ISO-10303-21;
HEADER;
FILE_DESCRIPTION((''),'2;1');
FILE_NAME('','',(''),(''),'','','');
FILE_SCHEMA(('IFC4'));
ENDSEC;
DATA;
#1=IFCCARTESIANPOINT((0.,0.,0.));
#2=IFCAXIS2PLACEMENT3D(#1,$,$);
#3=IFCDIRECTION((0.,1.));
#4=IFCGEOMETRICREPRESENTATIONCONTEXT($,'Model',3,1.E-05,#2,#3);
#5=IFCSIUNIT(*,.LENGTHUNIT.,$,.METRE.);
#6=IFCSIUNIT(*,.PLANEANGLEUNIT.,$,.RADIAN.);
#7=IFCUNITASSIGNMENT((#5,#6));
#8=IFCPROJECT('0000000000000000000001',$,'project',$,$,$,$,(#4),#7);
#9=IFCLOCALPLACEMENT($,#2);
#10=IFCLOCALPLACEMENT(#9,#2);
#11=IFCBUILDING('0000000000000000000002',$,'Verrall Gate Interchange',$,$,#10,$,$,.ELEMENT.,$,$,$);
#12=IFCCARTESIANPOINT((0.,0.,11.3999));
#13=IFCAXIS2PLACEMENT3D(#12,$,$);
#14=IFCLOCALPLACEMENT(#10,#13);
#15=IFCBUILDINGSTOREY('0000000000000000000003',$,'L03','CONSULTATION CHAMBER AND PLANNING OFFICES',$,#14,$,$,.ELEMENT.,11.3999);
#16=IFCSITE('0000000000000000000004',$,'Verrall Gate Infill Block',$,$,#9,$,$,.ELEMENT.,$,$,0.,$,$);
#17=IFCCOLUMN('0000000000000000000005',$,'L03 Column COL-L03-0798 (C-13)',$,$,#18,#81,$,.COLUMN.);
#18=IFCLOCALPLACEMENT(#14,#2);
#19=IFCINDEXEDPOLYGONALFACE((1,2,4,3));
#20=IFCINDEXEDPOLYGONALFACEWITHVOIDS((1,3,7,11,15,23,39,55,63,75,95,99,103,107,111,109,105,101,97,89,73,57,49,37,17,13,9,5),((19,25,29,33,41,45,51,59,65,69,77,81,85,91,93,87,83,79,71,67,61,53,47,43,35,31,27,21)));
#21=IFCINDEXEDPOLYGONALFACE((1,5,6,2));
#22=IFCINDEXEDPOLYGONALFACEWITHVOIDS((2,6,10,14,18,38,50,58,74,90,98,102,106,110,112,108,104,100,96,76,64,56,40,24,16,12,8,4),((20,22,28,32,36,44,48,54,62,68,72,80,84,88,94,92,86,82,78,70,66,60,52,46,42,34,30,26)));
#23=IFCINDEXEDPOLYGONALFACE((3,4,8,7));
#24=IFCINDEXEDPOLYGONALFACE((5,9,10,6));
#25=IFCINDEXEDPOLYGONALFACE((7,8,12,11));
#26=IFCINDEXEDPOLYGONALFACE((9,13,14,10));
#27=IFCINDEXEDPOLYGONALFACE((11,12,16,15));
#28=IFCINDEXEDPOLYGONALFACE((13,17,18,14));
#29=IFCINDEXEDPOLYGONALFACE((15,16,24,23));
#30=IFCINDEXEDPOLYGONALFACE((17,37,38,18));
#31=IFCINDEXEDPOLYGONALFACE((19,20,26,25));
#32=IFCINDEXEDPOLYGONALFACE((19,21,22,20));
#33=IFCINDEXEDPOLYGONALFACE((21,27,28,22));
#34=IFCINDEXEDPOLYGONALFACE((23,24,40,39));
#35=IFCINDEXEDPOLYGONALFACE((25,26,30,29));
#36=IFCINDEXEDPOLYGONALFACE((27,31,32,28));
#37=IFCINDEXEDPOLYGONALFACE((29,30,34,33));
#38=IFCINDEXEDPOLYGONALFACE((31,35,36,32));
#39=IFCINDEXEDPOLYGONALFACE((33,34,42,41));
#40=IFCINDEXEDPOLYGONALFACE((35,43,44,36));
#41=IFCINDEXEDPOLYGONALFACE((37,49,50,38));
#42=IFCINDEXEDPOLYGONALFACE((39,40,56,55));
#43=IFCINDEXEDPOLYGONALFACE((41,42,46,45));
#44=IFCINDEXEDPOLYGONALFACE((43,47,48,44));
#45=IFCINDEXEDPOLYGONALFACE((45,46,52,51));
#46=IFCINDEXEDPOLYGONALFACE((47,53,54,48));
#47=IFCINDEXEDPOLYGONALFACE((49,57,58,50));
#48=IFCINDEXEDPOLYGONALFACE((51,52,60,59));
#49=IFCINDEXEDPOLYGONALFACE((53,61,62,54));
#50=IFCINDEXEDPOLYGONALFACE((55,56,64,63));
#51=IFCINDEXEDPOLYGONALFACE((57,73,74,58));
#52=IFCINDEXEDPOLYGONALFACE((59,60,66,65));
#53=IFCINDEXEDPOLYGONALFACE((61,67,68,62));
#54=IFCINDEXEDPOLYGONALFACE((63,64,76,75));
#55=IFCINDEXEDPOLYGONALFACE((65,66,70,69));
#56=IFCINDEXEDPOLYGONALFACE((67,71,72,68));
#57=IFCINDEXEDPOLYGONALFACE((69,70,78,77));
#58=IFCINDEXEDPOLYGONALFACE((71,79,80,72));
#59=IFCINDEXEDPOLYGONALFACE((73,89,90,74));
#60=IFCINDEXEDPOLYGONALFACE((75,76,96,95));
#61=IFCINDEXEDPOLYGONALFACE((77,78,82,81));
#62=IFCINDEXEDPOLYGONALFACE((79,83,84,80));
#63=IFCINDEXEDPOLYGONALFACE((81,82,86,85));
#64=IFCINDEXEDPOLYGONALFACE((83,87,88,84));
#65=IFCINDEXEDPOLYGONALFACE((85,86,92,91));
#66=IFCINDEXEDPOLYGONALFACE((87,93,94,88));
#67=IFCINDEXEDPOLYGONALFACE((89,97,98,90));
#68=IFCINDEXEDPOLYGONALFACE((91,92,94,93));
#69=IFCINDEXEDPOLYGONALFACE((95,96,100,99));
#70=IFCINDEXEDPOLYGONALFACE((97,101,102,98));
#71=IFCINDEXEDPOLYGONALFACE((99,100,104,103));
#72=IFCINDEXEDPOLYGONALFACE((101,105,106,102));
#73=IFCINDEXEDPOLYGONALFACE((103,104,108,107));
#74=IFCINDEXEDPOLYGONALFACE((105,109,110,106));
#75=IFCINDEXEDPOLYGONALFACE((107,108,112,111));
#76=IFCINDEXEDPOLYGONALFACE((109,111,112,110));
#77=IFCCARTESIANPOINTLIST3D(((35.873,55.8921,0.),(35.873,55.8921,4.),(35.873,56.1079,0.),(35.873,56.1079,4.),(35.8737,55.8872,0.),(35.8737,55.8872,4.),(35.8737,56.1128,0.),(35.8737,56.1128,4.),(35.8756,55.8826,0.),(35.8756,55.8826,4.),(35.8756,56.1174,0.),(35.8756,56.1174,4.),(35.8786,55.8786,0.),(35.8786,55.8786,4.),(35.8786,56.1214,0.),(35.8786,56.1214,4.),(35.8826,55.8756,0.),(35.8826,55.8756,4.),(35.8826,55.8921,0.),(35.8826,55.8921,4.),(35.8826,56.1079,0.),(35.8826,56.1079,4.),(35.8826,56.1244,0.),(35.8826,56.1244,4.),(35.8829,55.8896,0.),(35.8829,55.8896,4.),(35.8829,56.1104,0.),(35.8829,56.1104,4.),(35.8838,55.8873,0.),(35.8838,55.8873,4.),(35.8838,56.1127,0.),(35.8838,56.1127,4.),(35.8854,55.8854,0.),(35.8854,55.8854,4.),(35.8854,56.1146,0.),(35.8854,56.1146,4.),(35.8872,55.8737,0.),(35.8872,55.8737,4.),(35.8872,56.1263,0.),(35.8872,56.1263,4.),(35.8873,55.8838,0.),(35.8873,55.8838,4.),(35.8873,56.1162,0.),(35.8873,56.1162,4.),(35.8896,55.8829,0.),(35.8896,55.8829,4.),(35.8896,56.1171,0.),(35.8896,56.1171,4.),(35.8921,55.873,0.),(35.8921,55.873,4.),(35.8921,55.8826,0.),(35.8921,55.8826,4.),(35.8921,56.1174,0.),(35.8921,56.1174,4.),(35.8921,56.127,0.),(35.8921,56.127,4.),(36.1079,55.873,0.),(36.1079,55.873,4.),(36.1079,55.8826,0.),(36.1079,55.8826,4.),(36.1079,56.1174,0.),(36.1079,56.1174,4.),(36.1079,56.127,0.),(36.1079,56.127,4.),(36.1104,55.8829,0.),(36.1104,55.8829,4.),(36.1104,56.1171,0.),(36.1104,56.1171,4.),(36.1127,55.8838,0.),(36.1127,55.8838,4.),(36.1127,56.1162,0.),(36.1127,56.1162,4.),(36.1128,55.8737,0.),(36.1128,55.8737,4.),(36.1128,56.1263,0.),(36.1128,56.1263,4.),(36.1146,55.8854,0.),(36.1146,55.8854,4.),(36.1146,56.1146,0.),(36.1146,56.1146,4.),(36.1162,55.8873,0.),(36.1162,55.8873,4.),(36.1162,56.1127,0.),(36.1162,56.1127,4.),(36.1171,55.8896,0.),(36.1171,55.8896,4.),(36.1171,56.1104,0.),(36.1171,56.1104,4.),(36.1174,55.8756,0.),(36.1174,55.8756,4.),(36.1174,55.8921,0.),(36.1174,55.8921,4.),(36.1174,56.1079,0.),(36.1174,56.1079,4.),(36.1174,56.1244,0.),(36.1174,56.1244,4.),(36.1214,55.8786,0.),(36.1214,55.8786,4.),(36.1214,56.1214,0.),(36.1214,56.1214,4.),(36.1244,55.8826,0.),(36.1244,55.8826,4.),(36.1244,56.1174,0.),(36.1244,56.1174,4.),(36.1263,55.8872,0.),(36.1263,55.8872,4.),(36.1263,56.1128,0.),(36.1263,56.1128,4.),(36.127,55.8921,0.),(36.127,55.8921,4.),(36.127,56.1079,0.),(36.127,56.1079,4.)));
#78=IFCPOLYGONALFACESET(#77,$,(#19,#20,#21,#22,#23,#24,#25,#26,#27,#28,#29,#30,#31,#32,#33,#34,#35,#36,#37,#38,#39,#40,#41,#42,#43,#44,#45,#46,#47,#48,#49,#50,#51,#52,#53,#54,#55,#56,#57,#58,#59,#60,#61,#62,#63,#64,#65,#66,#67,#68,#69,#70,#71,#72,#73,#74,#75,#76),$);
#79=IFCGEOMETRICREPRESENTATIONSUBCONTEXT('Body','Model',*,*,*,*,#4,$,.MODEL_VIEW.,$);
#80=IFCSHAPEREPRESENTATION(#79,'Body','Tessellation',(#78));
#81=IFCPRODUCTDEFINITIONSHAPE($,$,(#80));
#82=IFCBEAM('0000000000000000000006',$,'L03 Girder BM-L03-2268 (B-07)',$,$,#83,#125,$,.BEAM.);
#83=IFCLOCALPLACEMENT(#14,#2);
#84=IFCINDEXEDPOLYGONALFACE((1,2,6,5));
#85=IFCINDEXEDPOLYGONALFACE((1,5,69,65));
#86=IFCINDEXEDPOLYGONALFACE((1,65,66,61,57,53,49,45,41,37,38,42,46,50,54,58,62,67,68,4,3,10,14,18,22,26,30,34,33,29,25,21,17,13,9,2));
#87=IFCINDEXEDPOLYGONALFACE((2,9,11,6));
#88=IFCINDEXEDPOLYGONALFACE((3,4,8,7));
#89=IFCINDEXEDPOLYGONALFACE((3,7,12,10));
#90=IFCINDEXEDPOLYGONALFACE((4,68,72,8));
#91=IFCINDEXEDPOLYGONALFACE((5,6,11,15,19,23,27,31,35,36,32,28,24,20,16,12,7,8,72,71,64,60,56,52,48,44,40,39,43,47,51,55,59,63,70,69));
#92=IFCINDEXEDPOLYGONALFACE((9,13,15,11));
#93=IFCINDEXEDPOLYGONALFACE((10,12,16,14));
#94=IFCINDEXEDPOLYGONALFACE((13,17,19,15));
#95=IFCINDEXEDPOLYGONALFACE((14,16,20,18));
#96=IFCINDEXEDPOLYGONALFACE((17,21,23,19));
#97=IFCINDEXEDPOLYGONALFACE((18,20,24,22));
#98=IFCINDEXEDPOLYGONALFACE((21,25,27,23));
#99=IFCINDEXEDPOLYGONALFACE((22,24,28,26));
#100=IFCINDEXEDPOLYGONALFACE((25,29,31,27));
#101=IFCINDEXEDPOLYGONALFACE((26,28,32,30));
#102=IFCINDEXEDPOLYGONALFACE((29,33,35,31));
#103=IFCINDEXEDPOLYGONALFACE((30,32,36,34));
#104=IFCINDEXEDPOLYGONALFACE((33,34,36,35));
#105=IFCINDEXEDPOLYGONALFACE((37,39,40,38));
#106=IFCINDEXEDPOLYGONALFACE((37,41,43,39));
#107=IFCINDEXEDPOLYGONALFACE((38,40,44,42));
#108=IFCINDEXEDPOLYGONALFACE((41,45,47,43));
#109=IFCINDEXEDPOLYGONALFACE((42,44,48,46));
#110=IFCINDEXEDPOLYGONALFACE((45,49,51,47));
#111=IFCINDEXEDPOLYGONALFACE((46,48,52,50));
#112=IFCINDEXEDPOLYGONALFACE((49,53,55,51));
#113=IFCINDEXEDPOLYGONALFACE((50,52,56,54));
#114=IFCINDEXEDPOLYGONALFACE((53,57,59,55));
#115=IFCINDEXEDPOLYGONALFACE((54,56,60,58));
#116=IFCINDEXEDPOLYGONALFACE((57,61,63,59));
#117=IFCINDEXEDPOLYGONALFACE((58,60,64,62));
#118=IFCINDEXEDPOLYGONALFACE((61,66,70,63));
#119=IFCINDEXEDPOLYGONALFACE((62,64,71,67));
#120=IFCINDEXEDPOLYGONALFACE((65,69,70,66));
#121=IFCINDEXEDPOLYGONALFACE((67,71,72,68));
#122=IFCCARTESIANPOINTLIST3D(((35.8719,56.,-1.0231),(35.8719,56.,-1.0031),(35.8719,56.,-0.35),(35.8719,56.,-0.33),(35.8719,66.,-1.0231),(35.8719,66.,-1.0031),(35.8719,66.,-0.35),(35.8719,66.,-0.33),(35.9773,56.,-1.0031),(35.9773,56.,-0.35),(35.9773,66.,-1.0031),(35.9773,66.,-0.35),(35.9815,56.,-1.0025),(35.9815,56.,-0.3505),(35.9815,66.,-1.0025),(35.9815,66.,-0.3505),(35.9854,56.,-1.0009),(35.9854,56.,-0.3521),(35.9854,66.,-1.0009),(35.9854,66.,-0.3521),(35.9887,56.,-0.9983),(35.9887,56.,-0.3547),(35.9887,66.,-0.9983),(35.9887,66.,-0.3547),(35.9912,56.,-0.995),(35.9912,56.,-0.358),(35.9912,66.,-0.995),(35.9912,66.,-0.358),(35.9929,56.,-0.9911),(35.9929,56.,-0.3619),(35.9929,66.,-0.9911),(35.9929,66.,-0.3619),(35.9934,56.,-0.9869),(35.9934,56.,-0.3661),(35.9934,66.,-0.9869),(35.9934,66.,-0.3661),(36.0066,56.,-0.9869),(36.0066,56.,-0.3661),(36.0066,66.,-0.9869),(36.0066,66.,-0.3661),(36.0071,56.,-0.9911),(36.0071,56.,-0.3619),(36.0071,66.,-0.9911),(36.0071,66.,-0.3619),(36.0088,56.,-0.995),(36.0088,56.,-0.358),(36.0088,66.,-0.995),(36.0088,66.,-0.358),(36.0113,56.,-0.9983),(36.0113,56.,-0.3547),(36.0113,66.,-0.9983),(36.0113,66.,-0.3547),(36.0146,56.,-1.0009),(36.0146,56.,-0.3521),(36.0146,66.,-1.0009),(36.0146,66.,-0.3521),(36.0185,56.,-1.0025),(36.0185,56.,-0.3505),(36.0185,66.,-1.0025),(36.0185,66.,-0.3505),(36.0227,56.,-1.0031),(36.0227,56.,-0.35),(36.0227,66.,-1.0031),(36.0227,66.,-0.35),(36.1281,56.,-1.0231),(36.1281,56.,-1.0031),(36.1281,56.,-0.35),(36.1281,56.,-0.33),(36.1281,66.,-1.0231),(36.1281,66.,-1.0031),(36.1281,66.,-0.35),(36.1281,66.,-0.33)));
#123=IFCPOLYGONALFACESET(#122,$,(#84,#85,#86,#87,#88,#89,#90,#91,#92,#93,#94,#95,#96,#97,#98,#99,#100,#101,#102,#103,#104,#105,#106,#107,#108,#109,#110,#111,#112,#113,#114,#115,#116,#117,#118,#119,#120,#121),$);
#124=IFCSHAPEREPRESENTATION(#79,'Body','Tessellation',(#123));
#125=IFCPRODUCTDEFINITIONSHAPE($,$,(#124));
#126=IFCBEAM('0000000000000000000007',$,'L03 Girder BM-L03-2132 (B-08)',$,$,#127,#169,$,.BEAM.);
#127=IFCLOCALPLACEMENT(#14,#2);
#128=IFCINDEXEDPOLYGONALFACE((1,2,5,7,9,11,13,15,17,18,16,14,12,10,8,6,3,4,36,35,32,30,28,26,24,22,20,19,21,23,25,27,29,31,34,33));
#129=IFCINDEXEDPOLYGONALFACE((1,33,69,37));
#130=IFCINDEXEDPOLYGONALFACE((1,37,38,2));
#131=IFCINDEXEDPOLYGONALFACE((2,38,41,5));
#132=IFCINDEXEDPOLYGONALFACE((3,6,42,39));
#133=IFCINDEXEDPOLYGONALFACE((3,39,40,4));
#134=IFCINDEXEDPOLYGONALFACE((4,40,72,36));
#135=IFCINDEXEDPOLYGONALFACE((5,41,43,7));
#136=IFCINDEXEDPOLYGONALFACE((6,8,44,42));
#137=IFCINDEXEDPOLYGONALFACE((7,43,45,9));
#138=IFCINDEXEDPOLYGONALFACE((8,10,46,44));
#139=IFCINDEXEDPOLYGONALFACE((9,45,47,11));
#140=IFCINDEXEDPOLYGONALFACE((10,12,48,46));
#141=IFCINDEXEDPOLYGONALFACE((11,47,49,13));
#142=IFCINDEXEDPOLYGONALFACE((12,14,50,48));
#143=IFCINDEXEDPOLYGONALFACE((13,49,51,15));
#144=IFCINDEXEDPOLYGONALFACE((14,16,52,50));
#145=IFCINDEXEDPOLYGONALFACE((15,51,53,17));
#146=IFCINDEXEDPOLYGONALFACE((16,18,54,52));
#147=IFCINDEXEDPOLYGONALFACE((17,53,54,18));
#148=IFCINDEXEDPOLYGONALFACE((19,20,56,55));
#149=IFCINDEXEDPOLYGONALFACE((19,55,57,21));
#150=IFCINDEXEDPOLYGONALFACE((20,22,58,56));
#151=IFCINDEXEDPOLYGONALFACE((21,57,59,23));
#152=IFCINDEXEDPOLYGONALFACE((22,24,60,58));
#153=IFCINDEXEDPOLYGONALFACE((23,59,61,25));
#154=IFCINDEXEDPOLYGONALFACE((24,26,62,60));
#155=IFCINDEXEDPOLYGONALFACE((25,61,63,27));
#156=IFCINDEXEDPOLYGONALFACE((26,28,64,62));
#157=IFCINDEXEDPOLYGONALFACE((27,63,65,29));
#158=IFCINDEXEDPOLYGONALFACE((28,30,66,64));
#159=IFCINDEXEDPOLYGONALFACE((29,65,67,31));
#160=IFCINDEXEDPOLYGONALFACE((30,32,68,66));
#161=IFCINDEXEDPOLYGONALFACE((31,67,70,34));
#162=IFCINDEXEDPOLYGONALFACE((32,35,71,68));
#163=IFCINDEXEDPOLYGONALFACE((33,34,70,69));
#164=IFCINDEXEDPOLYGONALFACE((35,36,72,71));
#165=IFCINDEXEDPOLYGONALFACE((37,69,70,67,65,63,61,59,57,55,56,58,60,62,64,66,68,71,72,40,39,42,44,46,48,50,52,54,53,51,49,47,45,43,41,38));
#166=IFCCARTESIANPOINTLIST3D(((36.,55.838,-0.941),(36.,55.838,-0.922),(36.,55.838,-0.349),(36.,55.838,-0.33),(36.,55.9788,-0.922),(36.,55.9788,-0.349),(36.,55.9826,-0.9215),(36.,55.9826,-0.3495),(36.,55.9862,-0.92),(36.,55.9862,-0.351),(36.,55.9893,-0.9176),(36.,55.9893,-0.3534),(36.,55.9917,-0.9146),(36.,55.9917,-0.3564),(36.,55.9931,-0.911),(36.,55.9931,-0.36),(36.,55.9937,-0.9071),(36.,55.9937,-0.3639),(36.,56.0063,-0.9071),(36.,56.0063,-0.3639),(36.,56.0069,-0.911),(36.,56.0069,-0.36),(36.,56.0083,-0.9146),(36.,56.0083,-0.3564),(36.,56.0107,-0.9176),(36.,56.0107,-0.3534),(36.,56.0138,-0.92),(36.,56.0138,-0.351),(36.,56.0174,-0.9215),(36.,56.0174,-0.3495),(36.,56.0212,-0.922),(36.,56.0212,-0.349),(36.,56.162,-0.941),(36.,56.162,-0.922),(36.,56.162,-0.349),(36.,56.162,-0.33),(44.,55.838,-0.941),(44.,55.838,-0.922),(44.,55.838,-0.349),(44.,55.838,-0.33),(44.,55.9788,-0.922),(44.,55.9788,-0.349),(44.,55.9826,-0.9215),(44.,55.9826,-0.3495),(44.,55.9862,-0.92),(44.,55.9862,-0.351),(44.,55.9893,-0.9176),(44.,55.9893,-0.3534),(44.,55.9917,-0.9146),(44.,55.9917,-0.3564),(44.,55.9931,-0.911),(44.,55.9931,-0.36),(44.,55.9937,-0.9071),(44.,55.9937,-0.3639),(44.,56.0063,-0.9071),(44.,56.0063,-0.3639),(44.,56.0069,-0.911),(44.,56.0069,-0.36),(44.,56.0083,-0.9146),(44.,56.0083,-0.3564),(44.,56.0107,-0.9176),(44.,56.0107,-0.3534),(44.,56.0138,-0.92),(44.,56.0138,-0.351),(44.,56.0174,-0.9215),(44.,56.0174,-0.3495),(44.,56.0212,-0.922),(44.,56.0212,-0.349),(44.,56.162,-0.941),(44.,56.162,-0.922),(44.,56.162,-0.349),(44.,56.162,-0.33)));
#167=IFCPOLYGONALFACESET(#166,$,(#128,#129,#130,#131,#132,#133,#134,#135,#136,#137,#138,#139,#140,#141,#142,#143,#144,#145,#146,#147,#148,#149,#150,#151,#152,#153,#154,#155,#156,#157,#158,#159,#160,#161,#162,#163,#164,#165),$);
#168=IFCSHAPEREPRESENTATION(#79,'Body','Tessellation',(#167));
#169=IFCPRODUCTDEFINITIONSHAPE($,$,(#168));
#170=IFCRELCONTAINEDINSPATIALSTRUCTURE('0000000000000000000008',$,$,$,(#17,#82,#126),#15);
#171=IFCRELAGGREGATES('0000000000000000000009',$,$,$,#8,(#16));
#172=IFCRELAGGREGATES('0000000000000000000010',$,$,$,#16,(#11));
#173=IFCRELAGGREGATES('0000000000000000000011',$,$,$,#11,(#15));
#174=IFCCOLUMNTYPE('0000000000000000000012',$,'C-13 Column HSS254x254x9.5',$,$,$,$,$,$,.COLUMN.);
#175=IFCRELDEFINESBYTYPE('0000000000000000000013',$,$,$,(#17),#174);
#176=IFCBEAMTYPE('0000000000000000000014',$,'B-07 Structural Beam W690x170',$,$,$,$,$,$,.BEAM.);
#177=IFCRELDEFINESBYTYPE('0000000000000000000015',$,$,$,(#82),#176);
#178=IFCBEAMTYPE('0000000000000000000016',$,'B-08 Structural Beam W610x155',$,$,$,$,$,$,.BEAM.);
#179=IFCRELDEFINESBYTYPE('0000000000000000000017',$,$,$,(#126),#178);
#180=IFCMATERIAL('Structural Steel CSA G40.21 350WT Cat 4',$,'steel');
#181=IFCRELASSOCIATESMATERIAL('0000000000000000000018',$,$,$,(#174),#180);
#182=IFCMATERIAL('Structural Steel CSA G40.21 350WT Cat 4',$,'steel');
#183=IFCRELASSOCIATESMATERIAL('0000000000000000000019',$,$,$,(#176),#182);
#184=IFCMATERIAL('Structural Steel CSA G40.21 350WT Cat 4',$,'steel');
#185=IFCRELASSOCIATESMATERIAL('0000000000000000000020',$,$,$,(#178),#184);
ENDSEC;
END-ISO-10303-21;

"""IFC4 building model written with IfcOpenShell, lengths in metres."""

from ifc_helpers import new_model, si_unit, direction, frame, origin, origin_2d, place, context, subcontext, project, spatial, hollow_rectangle, i_section, extrude, material, material_profile, profile_set, type_object, element, save


model = new_model("IFC4")

# Units and contexts
model_context = context("Model", 3, precision=1e-05, world=origin(), true_north=direction((0.0, 1.0)))
body_context = subcontext(model_context, "Body", "Model", "MODEL_VIEW")
ifc_project = project(units=[si_unit("LENGTHUNIT", "METRE"), si_unit("PLANEANGLEUNIT", "RADIAN")], contexts=[model_context])

# Site, building, storey
site_placement = place(None, origin())
site = spatial("IfcSite", under=ifc_project, at=site_placement, Name="Verrall Gate Infill Block", CompositionType="ELEMENT", RefElevation=0.0)
building_placement = place(site_placement, origin())
building = spatial("IfcBuilding", under=site, at=building_placement, Name="Verrall Gate Interchange", CompositionType="ELEMENT")
storey_placement = place(building_placement, frame((0.0, 0.0, 11.3999)))
storey = spatial("IfcBuildingStorey", under=building, at=storey_placement, Name="L03", Description="CONSULTATION CHAMBER AND PLANNING OFFICES", CompositionType="ELEMENT", Elevation=11.3999)

# Column
ifc_material_1 = material(Name="Structural Steel CSA G40.21 350WT Cat 4", Category="steel")
ifc_material_profile_1 = material_profile(ifc_material_1, hollow_rectangle(XDim=0.2539, YDim=0.2539, WallThickness=0.0095, InnerFilletRadius=0.0095, OuterFilletRadius=0.019, at=origin_2d()), Name="HSS254x254x9.5")
ifc_profile_set_1 = profile_set([ifc_material_profile_1], Name="Structural Steel CSA G40.21 350WT Cat 4")
column_type = type_object("IfcColumnType", Name="C-13 Column HSS254x254x9.5", PredefinedType="COLUMN", material=ifc_profile_set_1)
column_placement = place(storey_placement, frame((36.0, 56.0, 0.0), z_axis=(0.0, 0.0, 1.0), x_axis=(1.0, 0.0, 0.0)))
element("IfcColumn", 1, at=column_placement, inside=storey, type_object=column_type, Name="L03 Column COL-L03-0798 (C-13)", PredefinedType="COLUMN", context=body_context, shape_type="SweptSolid", body=[
    extrude(hollow_rectangle(XDim=0.2539, YDim=0.2539, WallThickness=0.0095, InnerFilletRadius=0.0095, OuterFilletRadius=0.019, at=origin_2d()), origin(), (0.0, 0.0, 1.0), 4.0),
])

# Beams
ifc_material_2 = material(Name="Structural Steel CSA G40.21 350WT Cat 4", Category="steel")
ifc_material_profile_2 = material_profile(ifc_material_2, i_section(OverallWidth=0.2561, OverallDepth=0.6931, WebThickness=0.0132, FlangeThickness=0.02, FilletRadius=0.0161, at=origin_2d()), Name="W690x170")
ifc_profile_set_2 = profile_set([ifc_material_profile_2], Name="Structural Steel CSA G40.21 350WT Cat 4")
beam_type_1 = type_object("IfcBeamType", Name="B-07 Structural Beam W690x170", PredefinedType="BEAM", material=ifc_profile_set_2)
beam_1_placement = place(storey_placement, frame((36.0, 56.0, -0.6765), z_axis=(0.0, 1.0, 0.0), x_axis=(-1.0, 0.0, 0.0)))
element("IfcBeam", 2, at=beam_1_placement, inside=storey, type_object=beam_type_1, Name="L03 Girder BM-L03-2268 (B-07)", PredefinedType="BEAM", context=body_context, shape_type="SweptSolid", body=[
    extrude(i_section(OverallWidth=0.2561, OverallDepth=0.6931, WebThickness=0.0132, FlangeThickness=0.02, FilletRadius=0.0161, at=origin_2d()), origin(), (0.0, 0.0, 1.0), 10.0),
])
ifc_material_3 = material(Name="Structural Steel CSA G40.21 350WT Cat 4", Category="steel")
ifc_material_profile_3 = material_profile(ifc_material_3, i_section(OverallWidth=0.324, OverallDepth=0.6111, WebThickness=0.0127, FlangeThickness=0.019, FilletRadius=0.0149, at=origin_2d()), Name="W610x155")
ifc_profile_set_3 = profile_set([ifc_material_profile_3], Name="Structural Steel CSA G40.21 350WT Cat 4")
beam_type_2 = type_object("IfcBeamType", Name="B-08 Structural Beam W610x155", PredefinedType="BEAM", material=ifc_profile_set_3)
for number, where, z_axis, x_axis, name in (
    (3, (36.0, 56.0, -0.6355), (1.0, 0.0, 0.0), (0.0, 1.0, 0.0), "L03 Girder BM-L03-2132 (B-08)"),
):
    element("IfcBeam", number, at=place(storey_placement, frame(where, z_axis=z_axis, x_axis=x_axis)), inside=storey, type_object=beam_type_2, Name=name, PredefinedType="BEAM", context=body_context, shape_type="SweptSolid", body=[
        extrude(i_section(OverallWidth=0.324, OverallDepth=0.6111, WebThickness=0.0127, FlangeThickness=0.019, FilletRadius=0.0149, at=origin_2d()), origin(), (0.0, 0.0, 1.0), 8.0),
    ])

save(model, "model.ifc")
